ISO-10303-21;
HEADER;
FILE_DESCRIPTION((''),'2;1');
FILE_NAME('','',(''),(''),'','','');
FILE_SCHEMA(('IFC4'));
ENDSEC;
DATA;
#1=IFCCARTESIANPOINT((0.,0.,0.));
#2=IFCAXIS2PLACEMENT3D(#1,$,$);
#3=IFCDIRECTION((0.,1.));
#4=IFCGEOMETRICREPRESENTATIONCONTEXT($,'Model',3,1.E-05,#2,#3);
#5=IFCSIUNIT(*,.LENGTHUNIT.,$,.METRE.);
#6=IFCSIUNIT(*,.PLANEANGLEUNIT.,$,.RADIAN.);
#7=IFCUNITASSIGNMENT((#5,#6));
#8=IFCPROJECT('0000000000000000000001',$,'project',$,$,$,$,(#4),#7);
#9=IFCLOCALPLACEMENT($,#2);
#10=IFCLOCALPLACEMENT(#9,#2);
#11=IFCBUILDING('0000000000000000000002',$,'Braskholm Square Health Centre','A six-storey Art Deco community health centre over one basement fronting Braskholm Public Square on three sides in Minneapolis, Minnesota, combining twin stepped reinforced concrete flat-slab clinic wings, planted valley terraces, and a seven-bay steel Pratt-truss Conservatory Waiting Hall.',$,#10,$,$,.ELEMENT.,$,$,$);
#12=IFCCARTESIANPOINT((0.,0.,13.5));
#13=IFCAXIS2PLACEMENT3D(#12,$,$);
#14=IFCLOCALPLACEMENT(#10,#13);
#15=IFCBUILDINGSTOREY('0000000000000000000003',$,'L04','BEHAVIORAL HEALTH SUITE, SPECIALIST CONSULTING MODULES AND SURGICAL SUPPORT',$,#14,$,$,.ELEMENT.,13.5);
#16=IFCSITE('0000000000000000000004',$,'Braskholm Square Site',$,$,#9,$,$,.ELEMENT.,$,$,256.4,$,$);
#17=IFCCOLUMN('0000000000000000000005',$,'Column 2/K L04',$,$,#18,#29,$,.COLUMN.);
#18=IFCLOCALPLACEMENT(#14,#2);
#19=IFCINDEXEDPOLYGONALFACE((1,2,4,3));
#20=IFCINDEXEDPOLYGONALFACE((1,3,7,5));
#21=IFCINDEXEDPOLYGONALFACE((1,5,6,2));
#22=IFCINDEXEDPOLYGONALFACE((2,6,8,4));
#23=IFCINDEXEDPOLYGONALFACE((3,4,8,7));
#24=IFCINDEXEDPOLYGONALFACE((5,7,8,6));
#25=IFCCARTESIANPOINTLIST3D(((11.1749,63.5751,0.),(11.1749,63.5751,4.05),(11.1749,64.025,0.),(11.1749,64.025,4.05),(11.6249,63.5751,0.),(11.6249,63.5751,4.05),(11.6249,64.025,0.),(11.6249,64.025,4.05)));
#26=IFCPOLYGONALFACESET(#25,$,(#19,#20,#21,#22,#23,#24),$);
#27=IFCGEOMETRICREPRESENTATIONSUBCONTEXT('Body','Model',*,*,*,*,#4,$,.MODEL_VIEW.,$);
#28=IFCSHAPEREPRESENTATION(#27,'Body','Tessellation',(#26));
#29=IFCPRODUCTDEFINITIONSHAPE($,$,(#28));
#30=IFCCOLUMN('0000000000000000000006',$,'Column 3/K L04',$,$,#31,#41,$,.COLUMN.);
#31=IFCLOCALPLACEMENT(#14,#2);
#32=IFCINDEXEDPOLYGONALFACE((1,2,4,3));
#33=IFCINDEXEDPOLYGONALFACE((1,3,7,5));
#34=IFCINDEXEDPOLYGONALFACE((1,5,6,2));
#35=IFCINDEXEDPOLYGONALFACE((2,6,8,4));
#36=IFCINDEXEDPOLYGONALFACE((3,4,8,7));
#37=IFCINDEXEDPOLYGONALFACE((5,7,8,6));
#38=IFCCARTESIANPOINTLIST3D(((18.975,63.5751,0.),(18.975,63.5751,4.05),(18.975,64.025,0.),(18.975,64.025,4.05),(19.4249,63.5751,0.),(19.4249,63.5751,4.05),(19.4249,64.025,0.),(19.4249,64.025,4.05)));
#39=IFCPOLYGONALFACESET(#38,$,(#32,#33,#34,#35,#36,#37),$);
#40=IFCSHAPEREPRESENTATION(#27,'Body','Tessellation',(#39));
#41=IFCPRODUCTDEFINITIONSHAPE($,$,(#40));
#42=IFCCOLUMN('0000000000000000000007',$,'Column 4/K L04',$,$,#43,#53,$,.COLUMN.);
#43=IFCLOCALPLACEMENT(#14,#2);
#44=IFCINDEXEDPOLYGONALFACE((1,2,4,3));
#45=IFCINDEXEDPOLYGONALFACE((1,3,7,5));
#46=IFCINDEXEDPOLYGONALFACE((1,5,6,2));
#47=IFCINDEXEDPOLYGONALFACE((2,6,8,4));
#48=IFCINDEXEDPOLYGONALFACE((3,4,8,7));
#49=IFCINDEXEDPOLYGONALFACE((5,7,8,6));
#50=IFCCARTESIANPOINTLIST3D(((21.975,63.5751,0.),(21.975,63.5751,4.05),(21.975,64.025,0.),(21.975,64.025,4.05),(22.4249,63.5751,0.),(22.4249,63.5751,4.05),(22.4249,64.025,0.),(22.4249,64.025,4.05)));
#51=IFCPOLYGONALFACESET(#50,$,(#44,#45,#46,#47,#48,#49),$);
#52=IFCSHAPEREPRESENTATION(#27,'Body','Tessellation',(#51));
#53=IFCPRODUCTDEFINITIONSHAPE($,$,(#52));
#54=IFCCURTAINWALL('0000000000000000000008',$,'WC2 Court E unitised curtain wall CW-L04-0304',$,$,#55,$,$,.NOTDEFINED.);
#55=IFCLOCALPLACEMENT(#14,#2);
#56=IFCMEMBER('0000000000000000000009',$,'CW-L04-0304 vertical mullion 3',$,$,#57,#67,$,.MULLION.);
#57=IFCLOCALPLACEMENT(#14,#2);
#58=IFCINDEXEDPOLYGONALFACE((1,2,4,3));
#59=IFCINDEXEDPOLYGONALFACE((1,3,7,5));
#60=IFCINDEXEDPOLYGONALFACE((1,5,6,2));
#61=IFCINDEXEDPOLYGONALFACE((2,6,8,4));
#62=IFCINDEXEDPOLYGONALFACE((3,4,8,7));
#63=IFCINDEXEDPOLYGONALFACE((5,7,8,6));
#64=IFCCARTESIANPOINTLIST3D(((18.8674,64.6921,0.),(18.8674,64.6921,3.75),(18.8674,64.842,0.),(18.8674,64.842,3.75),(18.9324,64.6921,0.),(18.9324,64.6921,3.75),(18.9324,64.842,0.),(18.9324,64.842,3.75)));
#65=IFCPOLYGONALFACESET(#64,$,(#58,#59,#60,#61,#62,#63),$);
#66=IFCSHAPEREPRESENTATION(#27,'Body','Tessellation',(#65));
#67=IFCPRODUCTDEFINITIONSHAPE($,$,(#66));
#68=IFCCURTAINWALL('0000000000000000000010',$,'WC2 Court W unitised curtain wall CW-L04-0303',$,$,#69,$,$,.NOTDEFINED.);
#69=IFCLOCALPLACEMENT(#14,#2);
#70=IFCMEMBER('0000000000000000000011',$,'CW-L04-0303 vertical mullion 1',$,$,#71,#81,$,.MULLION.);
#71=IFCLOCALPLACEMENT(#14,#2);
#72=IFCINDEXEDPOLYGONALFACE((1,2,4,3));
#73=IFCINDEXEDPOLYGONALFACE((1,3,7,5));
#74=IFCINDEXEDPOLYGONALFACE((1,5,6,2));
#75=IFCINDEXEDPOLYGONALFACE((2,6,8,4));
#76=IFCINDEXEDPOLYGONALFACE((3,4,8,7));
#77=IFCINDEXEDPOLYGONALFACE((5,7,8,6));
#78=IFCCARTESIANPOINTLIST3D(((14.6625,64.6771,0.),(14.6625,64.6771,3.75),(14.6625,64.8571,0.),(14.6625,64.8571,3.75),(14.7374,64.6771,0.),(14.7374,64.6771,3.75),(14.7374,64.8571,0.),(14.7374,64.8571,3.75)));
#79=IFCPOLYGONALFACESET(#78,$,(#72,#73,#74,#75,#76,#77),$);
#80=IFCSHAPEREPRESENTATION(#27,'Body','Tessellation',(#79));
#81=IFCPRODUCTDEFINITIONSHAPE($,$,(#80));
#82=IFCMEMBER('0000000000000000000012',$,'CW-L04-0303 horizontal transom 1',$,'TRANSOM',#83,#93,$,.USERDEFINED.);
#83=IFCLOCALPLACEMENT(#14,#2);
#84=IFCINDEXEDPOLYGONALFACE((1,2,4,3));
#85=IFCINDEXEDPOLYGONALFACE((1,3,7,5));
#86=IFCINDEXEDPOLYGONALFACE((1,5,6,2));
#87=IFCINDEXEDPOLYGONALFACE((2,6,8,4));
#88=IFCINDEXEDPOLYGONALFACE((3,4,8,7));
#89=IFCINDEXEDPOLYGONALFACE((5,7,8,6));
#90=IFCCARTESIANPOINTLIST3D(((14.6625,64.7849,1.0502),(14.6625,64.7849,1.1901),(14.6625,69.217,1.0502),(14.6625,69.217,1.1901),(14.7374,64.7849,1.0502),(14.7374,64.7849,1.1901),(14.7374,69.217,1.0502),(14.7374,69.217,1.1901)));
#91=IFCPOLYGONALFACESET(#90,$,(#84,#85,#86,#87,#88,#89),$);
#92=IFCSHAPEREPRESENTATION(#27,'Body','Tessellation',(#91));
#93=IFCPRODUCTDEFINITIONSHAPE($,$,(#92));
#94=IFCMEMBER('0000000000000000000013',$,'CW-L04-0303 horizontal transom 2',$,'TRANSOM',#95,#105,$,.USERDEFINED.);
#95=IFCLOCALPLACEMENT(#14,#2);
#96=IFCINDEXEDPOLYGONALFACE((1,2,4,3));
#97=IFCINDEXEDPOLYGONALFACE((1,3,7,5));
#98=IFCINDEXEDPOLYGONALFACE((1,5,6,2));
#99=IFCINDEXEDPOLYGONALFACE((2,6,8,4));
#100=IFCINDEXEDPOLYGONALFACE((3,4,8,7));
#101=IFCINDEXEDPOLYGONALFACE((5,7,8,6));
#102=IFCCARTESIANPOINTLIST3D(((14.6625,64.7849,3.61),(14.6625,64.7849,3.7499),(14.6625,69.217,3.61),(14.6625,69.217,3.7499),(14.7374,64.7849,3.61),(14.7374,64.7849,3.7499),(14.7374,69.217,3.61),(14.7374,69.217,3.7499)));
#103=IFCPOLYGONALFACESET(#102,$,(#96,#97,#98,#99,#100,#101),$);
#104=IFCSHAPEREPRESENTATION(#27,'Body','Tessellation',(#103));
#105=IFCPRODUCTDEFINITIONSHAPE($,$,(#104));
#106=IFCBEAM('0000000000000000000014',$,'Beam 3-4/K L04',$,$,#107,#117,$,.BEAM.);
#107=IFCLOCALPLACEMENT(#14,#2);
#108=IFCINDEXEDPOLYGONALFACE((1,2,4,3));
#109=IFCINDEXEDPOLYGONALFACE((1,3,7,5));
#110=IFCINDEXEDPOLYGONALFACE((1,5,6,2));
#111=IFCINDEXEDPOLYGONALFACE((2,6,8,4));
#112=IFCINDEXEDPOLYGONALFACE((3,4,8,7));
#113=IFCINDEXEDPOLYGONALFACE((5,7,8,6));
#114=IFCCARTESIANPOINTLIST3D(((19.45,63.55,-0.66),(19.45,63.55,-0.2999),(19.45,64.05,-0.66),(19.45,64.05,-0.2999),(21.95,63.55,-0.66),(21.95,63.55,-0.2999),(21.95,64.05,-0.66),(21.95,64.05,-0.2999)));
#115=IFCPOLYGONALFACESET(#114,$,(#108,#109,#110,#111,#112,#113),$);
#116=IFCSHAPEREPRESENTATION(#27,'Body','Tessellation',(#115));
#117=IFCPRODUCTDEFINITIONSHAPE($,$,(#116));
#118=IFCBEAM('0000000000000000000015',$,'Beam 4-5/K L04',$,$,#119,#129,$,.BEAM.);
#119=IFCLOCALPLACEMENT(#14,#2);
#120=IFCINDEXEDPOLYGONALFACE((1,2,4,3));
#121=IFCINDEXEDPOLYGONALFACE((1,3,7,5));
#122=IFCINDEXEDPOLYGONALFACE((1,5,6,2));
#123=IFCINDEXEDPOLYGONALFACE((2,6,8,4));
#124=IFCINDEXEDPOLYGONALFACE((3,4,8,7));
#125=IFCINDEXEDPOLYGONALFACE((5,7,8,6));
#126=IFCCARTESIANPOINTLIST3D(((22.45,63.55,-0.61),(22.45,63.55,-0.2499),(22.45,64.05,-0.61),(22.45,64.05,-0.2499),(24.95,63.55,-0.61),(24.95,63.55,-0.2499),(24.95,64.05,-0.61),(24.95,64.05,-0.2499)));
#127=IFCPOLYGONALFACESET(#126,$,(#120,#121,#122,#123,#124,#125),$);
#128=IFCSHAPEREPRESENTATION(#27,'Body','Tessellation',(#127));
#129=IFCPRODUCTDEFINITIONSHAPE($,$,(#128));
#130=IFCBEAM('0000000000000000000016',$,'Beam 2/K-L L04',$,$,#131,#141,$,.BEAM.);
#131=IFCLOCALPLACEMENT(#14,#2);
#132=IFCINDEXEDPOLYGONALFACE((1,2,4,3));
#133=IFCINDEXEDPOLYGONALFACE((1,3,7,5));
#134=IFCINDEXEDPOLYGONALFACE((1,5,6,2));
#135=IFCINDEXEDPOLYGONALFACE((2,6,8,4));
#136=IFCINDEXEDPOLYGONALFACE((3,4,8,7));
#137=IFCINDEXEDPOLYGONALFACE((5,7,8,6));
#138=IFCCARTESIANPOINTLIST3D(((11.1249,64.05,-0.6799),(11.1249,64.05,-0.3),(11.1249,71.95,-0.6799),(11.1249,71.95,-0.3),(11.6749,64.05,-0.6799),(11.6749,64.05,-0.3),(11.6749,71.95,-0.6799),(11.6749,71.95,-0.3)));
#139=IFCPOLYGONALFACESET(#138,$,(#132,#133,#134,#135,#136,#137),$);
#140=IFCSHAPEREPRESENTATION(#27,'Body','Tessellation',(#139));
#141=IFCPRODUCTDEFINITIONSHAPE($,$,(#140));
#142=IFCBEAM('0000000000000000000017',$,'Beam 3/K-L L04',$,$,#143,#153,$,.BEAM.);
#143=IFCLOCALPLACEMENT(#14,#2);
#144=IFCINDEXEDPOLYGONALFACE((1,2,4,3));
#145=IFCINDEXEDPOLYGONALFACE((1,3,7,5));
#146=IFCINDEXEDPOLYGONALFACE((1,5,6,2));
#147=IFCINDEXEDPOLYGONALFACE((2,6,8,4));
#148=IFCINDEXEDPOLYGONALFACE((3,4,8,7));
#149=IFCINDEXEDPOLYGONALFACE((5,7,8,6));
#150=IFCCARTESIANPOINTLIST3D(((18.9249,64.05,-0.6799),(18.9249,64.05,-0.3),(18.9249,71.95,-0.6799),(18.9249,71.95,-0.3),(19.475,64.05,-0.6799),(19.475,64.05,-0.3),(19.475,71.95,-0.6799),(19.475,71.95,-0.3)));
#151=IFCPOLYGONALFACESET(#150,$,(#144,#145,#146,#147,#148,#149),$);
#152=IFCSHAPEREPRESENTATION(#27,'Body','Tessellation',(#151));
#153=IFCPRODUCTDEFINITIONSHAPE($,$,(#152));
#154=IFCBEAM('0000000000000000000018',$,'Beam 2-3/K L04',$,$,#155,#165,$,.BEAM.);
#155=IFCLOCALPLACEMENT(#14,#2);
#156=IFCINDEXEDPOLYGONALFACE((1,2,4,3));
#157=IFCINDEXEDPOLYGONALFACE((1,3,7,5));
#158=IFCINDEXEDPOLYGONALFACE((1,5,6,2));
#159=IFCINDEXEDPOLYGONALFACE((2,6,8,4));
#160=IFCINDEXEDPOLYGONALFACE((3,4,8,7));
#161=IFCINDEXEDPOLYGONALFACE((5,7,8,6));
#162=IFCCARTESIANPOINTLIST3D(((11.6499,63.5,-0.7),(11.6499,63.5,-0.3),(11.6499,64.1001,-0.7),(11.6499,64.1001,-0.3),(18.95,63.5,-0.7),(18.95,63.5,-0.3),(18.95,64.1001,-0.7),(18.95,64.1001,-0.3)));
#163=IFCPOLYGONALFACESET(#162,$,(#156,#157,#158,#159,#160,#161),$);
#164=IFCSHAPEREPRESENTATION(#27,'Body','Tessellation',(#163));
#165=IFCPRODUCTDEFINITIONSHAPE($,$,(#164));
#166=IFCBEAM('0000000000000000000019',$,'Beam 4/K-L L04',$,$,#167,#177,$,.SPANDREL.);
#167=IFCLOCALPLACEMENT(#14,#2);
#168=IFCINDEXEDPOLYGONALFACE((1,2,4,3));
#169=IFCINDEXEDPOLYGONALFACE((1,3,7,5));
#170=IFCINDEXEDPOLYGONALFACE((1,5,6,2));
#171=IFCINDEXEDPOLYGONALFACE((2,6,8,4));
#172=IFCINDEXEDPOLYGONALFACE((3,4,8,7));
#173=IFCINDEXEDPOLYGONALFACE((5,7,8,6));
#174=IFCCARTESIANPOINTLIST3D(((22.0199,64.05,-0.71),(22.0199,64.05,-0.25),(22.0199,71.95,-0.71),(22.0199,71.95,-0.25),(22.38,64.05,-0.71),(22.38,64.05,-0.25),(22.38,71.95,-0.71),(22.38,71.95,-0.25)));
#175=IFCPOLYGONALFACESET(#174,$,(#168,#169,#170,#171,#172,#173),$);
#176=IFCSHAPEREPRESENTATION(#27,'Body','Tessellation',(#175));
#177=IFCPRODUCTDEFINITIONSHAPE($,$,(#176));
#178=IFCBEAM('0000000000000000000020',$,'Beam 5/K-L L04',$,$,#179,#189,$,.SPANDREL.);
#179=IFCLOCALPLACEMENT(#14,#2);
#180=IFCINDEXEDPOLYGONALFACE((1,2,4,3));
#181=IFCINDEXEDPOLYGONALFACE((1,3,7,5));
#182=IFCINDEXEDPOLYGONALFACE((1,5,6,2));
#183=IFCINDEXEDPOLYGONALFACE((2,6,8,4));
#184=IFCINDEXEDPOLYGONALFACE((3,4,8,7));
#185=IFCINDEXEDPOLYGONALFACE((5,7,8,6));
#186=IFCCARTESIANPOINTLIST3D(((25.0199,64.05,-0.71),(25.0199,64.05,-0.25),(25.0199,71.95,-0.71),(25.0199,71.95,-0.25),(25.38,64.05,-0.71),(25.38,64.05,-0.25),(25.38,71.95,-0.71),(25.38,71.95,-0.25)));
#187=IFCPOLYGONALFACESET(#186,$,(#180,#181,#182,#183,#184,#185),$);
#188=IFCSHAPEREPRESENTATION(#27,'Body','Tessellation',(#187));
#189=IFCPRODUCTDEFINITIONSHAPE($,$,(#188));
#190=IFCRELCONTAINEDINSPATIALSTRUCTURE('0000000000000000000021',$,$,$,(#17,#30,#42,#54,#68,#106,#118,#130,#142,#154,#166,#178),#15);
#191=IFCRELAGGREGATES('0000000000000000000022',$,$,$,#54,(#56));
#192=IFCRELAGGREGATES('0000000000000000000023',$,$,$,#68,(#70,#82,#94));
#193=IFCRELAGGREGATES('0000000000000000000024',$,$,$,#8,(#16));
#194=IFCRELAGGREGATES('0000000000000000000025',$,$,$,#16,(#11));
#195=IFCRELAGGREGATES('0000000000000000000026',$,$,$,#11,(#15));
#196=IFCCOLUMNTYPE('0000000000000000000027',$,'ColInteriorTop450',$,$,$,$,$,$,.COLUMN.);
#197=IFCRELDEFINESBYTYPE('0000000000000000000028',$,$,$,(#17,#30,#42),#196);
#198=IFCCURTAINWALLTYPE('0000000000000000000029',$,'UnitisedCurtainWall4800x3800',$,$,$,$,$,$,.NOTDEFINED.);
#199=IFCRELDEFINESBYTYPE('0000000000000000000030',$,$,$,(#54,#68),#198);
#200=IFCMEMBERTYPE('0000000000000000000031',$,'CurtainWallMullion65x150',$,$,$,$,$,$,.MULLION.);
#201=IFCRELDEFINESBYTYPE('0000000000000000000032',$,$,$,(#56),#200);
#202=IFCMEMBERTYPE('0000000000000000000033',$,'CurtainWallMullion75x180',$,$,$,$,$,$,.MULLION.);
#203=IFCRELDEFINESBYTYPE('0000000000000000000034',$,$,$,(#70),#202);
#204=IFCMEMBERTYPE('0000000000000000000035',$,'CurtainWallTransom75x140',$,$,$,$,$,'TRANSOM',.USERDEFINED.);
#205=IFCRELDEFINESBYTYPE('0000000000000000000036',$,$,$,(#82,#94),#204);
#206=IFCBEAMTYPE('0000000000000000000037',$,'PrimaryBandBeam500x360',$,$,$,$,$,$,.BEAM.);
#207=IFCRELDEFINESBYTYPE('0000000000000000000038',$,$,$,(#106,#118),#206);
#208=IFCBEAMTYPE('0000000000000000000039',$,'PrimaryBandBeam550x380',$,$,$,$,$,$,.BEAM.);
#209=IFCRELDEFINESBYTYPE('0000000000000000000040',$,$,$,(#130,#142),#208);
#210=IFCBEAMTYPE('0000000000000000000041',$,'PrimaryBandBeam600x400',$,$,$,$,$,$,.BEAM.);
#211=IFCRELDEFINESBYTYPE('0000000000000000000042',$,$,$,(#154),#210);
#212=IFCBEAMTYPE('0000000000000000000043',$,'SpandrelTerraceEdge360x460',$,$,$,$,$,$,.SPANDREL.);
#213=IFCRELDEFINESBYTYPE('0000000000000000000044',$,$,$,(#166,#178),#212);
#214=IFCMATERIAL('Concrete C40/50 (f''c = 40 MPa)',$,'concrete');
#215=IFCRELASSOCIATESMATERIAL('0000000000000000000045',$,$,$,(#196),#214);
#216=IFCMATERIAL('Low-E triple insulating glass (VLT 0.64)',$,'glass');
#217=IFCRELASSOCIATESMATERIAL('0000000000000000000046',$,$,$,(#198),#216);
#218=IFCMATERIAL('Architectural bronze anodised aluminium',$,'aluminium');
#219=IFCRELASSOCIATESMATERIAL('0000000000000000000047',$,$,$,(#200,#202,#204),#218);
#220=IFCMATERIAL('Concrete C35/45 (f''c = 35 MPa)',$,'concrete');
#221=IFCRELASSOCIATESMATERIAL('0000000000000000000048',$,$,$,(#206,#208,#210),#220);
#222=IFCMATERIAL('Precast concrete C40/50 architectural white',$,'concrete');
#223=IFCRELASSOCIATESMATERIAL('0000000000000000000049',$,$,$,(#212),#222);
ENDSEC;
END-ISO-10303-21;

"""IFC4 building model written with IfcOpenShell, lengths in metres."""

from ifc_helpers import new_model, si_unit, direction, frame, origin, origin_2d, place, context, subcontext, project, spatial, rectangle, extrude, material, material_profile, profile_set, type_object, element, aggregate, save


model = new_model("IFC4")

# Units and contexts
model_context = context("Model", 3, precision=1e-05, world=origin(), true_north=direction((0.0, 1.0)))
body_context = subcontext(model_context, "Body", "Model", "MODEL_VIEW")
ifc_project = project(units=[si_unit("LENGTHUNIT", "METRE"), si_unit("PLANEANGLEUNIT", "RADIAN")], contexts=[model_context])

# Site, building, storey
site_placement = place(None, origin())
site = spatial("IfcSite", under=ifc_project, at=site_placement, Name="Braskholm Square Site", CompositionType="ELEMENT", RefElevation=256.4)
building_placement = place(site_placement, origin())
building = spatial("IfcBuilding", under=site, at=building_placement, Name="Braskholm Square Health Centre", Description="A six-storey Art Deco community health centre over one basement fronting Braskholm Public Square on three sides in Minneapolis, Minnesota, combining twin stepped reinforced concrete flat-slab clinic wings, planted valley terraces, and a seven-bay steel Pratt-truss Conservatory Waiting Hall.", CompositionType="ELEMENT")
storey_placement = place(building_placement, frame((0.0, 0.0, 13.5)))
storey = spatial("IfcBuildingStorey", under=building, at=storey_placement, Name="L04", Description="BEHAVIORAL HEALTH SUITE, SPECIALIST CONSULTING MODULES AND SURGICAL SUPPORT", CompositionType="ELEMENT", Elevation=13.5)

# Columns
ifc_material_1 = material(Name="Concrete C40/50 (f'c = 40 MPa)", Category="concrete")
ifc_material_profile_1 = material_profile(ifc_material_1, rectangle(XDim=0.45, YDim=0.45, at=origin_2d()), Name="RC-450X450")
ifc_profile_set_1 = profile_set([ifc_material_profile_1], Name="Concrete C40/50 (f'c = 40 MPa)")
column_type = type_object("IfcColumnType", Name="ColInteriorTop450", PredefinedType="COLUMN", material=ifc_profile_set_1)
for number, where, z_axis, x_axis, name in (
    (1, (11.3999, 63.8, 0.0), (0.0, 0.0, 1.0), (1.0, 0.0, 0.0), "Column 2/K L04"),
    (2, (19.2, 63.8, 0.0), (0.0, 0.0, 1.0), (1.0, 0.0, 0.0), "Column 3/K L04"),
    (3, (22.2, 63.8, 0.0), (0.0, 0.0, 1.0), (1.0, 0.0, 0.0), "Column 4/K L04"),
):
    element("IfcColumn", number, at=place(storey_placement, frame(where, z_axis=z_axis, x_axis=x_axis)), inside=storey, type_object=column_type, Name=name, PredefinedType="COLUMN", context=body_context, shape_type="SweptSolid", body=[
        extrude(rectangle(XDim=0.45, YDim=0.45, at=origin_2d()), origin(), (0.0, 0.0, 1.0), 4.05),
    ])

# Curtain wall, member
ifc_material_2 = material(Name="Low-E triple insulating glass (VLT 0.64)", Category="glass")
curtain_wall_type = type_object("IfcCurtainWallType", Name="UnitisedCurtainWall4800x3800", PredefinedType="NOTDEFINED", material=ifc_material_2)
curtain_wall_1_placement = place(storey_placement, origin())
curtain_wall_1 = element("IfcCurtainWall", 4, at=curtain_wall_1_placement, inside=storey, type_object=curtain_wall_type, Name="WC2 Court E unitised curtain wall CW-L04-0304", PredefinedType="NOTDEFINED")
ifc_material_3 = material(Name="Architectural bronze anodised aluminium", Category="aluminium")
ifc_material_profile_2 = material_profile(ifc_material_3, rectangle(XDim=0.0649, YDim=0.1499, at=origin_2d()), Name="ALU-65X150")
ifc_profile_set_2 = profile_set([ifc_material_profile_2], Name="Architectural bronze anodised aluminium")
member_type_1 = type_object("IfcMemberType", Name="CurtainWallMullion65x150", PredefinedType="MULLION", material=ifc_profile_set_2)
member_1_placement = place(storey_placement, frame((18.8999, 64.7671, 0.0), z_axis=(0.0, 0.0, 1.0), x_axis=(1.0, 0.0, 0.0)))
member_1 = element("IfcMember", 5, at=member_1_placement, type_object=member_type_1, Name="CW-L04-0304 vertical mullion 3", PredefinedType="MULLION", context=body_context, shape_type="SweptSolid", body=[
    extrude(rectangle(XDim=0.0649, YDim=0.1499, at=origin_2d()), origin(), (0.0, 0.0, 1.0), 3.75),
])
aggregate(curtain_wall_1, [member_1])

# Curtain wall, members
curtain_wall_2_placement = place(storey_placement, origin())
curtain_wall_2 = element("IfcCurtainWall", 6, at=curtain_wall_2_placement, inside=storey, type_object=curtain_wall_type, Name="WC2 Court W unitised curtain wall CW-L04-0303", PredefinedType="NOTDEFINED")
ifc_material_profile_3 = material_profile(ifc_material_3, rectangle(XDim=0.075, YDim=0.1799, at=origin_2d()), Name="ALU-75X180")
ifc_profile_set_3 = profile_set([ifc_material_profile_3], Name="Architectural bronze anodised aluminium")
member_type_2 = type_object("IfcMemberType", Name="CurtainWallMullion75x180", PredefinedType="MULLION", material=ifc_profile_set_3)
member_2_placement = place(storey_placement, frame((14.7, 64.7671, 0.0), z_axis=(0.0, 0.0, 1.0), x_axis=(1.0, 0.0, 0.0)))
member_2 = element("IfcMember", 7, at=member_2_placement, type_object=member_type_2, Name="CW-L04-0303 vertical mullion 1", PredefinedType="MULLION", context=body_context, shape_type="SweptSolid", body=[
    extrude(rectangle(XDim=0.075, YDim=0.1799, at=origin_2d()), origin(), (0.0, 0.0, 1.0), 3.75),
])
ifc_material_profile_4 = material_profile(ifc_material_3, rectangle(XDim=0.075, YDim=0.1399, at=origin_2d()), Name="ALU-75X140")
ifc_profile_set_4 = profile_set([ifc_material_profile_4], Name="Architectural bronze anodised aluminium")
member_type_3 = type_object("IfcMemberType", Name="CurtainWallTransom75x140", ElementType="TRANSOM", PredefinedType="USERDEFINED", material=ifc_profile_set_4)
member_3_placement = place(storey_placement, frame((14.7, 64.7849, 1.1201), z_axis=(0.0, 1.0, 0.0), x_axis=(-1.0, 0.0, 0.0)))
member_3 = element("IfcMember", 8, at=member_3_placement, type_object=member_type_3, Name="CW-L04-0303 horizontal transom 1", ObjectType="TRANSOM", PredefinedType="USERDEFINED", context=body_context, shape_type="SweptSolid", body=[
    extrude(rectangle(XDim=0.075, YDim=0.1399, at=origin_2d()), origin(), (0.0, 0.0, 1.0), 4.4321),
])
member_4_placement = place(storey_placement, frame((14.7, 64.7849, 3.6799), z_axis=(0.0, 1.0, 0.0), x_axis=(-1.0, 0.0, 0.0)))
member_4 = element("IfcMember", 9, at=member_4_placement, type_object=member_type_3, Name="CW-L04-0303 horizontal transom 2", ObjectType="TRANSOM", PredefinedType="USERDEFINED", context=body_context, shape_type="SweptSolid", body=[
    extrude(rectangle(XDim=0.075, YDim=0.1399, at=origin_2d()), origin(), (0.0, 0.0, 1.0), 4.4321),
])

# Beams
ifc_material_4 = material(Name="Concrete C35/45 (f'c = 35 MPa)", Category="concrete")
ifc_material_profile_5 = material_profile(ifc_material_4, rectangle(XDim=0.5, YDim=0.3601, at=origin_2d()), Name="RCB-500X360")
ifc_profile_set_5 = profile_set([ifc_material_profile_5], Name="Concrete C35/45 (f'c = 35 MPa)")
beam_type_1 = type_object("IfcBeamType", Name="PrimaryBandBeam500x360", PredefinedType="BEAM", material=ifc_profile_set_5)
for number, where, z_axis, x_axis, name in (
    (10, (19.45, 63.8, -0.48), (1.0, 0.0, 0.0), (0.0, 1.0, 0.0), "Beam 3-4/K L04"),
    (11, (22.45, 63.8, -0.4299), (1.0, 0.0, 0.0), (0.0, 1.0, 0.0), "Beam 4-5/K L04"),
):
    element("IfcBeam", number, at=place(storey_placement, frame(where, z_axis=z_axis, x_axis=x_axis)), inside=storey, type_object=beam_type_1, Name=name, PredefinedType="BEAM", context=body_context, shape_type="SweptSolid", body=[
        extrude(rectangle(XDim=0.5, YDim=0.3601, at=origin_2d()), origin(), (0.0, 0.0, 1.0), 2.5),
    ])
ifc_material_profile_6 = material_profile(ifc_material_4, rectangle(XDim=0.55, YDim=0.3799, at=origin_2d()), Name="RCB-550X380")
ifc_profile_set_6 = profile_set([ifc_material_profile_6], Name="Concrete C35/45 (f'c = 35 MPa)")
beam_type_2 = type_object("IfcBeamType", Name="PrimaryBandBeam550x380", PredefinedType="BEAM", material=ifc_profile_set_6)
for number, where, z_axis, x_axis, name in (
    (12, (11.3999, 64.05, -0.49), (0.0, 1.0, 0.0), (-1.0, 0.0, 0.0), "Beam 2/K-L L04"),
    (13, (19.2, 64.05, -0.49), (0.0, 1.0, 0.0), (-1.0, 0.0, 0.0), "Beam 3/K-L L04"),
):
    element("IfcBeam", number, at=place(storey_placement, frame(where, z_axis=z_axis, x_axis=x_axis)), inside=storey, type_object=beam_type_2, Name=name, PredefinedType="BEAM", context=body_context, shape_type="SweptSolid", body=[
        extrude(rectangle(XDim=0.55, YDim=0.3799, at=origin_2d()), origin(), (0.0, 0.0, 1.0), 7.8999),
    ])
ifc_material_profile_7 = material_profile(ifc_material_4, rectangle(XDim=0.6001, YDim=0.3999, at=origin_2d()), Name="RCB-600X400")
ifc_profile_set_7 = profile_set([ifc_material_profile_7], Name="Concrete C35/45 (f'c = 35 MPa)")
beam_type_3 = type_object("IfcBeamType", Name="PrimaryBandBeam600x400", PredefinedType="BEAM", material=ifc_profile_set_7)
beam_placement = place(storey_placement, frame((11.6499, 63.8, -0.5), z_axis=(1.0, 0.0, 0.0), x_axis=(0.0, 1.0, 0.0)))
element("IfcBeam", 14, at=beam_placement, inside=storey, type_object=beam_type_3, Name="Beam 2-3/K L04", PredefinedType="BEAM", context=body_context, shape_type="SweptSolid", body=[
    extrude(rectangle(XDim=0.6001, YDim=0.3999, at=origin_2d()), origin(), (0.0, 0.0, 1.0), 7.3),
])
ifc_material_5 = material(Name="Precast concrete C40/50 architectural white", Category="concrete")
ifc_material_profile_8 = material_profile(ifc_material_5, rectangle(XDim=0.3601, YDim=0.46, at=origin_2d()), Name="RCB-360X460")
ifc_profile_set_8 = profile_set([ifc_material_profile_8], Name="Precast concrete C40/50 architectural white")
beam_type_4 = type_object("IfcBeamType", Name="SpandrelTerraceEdge360x460", PredefinedType="SPANDREL", material=ifc_profile_set_8)
for number, where, z_axis, x_axis, name in (
    (15, (22.2, 64.05, -0.48), (0.0, 1.0, 0.0), (-1.0, 0.0, 0.0), "Beam 4/K-L L04"),
    (16, (25.2, 64.05, -0.48), (0.0, 1.0, 0.0), (-1.0, 0.0, 0.0), "Beam 5/K-L L04"),
):
    element("IfcBeam", number, at=place(storey_placement, frame(where, z_axis=z_axis, x_axis=x_axis)), inside=storey, type_object=beam_type_4, Name=name, PredefinedType="SPANDREL", context=body_context, shape_type="SweptSolid", body=[
        extrude(rectangle(XDim=0.3601, YDim=0.46, at=origin_2d()), origin(), (0.0, 0.0, 1.0), 7.8999),
    ])

aggregate(curtain_wall_2, [member_2, member_3, member_4])

save(model, "model.ifc")
